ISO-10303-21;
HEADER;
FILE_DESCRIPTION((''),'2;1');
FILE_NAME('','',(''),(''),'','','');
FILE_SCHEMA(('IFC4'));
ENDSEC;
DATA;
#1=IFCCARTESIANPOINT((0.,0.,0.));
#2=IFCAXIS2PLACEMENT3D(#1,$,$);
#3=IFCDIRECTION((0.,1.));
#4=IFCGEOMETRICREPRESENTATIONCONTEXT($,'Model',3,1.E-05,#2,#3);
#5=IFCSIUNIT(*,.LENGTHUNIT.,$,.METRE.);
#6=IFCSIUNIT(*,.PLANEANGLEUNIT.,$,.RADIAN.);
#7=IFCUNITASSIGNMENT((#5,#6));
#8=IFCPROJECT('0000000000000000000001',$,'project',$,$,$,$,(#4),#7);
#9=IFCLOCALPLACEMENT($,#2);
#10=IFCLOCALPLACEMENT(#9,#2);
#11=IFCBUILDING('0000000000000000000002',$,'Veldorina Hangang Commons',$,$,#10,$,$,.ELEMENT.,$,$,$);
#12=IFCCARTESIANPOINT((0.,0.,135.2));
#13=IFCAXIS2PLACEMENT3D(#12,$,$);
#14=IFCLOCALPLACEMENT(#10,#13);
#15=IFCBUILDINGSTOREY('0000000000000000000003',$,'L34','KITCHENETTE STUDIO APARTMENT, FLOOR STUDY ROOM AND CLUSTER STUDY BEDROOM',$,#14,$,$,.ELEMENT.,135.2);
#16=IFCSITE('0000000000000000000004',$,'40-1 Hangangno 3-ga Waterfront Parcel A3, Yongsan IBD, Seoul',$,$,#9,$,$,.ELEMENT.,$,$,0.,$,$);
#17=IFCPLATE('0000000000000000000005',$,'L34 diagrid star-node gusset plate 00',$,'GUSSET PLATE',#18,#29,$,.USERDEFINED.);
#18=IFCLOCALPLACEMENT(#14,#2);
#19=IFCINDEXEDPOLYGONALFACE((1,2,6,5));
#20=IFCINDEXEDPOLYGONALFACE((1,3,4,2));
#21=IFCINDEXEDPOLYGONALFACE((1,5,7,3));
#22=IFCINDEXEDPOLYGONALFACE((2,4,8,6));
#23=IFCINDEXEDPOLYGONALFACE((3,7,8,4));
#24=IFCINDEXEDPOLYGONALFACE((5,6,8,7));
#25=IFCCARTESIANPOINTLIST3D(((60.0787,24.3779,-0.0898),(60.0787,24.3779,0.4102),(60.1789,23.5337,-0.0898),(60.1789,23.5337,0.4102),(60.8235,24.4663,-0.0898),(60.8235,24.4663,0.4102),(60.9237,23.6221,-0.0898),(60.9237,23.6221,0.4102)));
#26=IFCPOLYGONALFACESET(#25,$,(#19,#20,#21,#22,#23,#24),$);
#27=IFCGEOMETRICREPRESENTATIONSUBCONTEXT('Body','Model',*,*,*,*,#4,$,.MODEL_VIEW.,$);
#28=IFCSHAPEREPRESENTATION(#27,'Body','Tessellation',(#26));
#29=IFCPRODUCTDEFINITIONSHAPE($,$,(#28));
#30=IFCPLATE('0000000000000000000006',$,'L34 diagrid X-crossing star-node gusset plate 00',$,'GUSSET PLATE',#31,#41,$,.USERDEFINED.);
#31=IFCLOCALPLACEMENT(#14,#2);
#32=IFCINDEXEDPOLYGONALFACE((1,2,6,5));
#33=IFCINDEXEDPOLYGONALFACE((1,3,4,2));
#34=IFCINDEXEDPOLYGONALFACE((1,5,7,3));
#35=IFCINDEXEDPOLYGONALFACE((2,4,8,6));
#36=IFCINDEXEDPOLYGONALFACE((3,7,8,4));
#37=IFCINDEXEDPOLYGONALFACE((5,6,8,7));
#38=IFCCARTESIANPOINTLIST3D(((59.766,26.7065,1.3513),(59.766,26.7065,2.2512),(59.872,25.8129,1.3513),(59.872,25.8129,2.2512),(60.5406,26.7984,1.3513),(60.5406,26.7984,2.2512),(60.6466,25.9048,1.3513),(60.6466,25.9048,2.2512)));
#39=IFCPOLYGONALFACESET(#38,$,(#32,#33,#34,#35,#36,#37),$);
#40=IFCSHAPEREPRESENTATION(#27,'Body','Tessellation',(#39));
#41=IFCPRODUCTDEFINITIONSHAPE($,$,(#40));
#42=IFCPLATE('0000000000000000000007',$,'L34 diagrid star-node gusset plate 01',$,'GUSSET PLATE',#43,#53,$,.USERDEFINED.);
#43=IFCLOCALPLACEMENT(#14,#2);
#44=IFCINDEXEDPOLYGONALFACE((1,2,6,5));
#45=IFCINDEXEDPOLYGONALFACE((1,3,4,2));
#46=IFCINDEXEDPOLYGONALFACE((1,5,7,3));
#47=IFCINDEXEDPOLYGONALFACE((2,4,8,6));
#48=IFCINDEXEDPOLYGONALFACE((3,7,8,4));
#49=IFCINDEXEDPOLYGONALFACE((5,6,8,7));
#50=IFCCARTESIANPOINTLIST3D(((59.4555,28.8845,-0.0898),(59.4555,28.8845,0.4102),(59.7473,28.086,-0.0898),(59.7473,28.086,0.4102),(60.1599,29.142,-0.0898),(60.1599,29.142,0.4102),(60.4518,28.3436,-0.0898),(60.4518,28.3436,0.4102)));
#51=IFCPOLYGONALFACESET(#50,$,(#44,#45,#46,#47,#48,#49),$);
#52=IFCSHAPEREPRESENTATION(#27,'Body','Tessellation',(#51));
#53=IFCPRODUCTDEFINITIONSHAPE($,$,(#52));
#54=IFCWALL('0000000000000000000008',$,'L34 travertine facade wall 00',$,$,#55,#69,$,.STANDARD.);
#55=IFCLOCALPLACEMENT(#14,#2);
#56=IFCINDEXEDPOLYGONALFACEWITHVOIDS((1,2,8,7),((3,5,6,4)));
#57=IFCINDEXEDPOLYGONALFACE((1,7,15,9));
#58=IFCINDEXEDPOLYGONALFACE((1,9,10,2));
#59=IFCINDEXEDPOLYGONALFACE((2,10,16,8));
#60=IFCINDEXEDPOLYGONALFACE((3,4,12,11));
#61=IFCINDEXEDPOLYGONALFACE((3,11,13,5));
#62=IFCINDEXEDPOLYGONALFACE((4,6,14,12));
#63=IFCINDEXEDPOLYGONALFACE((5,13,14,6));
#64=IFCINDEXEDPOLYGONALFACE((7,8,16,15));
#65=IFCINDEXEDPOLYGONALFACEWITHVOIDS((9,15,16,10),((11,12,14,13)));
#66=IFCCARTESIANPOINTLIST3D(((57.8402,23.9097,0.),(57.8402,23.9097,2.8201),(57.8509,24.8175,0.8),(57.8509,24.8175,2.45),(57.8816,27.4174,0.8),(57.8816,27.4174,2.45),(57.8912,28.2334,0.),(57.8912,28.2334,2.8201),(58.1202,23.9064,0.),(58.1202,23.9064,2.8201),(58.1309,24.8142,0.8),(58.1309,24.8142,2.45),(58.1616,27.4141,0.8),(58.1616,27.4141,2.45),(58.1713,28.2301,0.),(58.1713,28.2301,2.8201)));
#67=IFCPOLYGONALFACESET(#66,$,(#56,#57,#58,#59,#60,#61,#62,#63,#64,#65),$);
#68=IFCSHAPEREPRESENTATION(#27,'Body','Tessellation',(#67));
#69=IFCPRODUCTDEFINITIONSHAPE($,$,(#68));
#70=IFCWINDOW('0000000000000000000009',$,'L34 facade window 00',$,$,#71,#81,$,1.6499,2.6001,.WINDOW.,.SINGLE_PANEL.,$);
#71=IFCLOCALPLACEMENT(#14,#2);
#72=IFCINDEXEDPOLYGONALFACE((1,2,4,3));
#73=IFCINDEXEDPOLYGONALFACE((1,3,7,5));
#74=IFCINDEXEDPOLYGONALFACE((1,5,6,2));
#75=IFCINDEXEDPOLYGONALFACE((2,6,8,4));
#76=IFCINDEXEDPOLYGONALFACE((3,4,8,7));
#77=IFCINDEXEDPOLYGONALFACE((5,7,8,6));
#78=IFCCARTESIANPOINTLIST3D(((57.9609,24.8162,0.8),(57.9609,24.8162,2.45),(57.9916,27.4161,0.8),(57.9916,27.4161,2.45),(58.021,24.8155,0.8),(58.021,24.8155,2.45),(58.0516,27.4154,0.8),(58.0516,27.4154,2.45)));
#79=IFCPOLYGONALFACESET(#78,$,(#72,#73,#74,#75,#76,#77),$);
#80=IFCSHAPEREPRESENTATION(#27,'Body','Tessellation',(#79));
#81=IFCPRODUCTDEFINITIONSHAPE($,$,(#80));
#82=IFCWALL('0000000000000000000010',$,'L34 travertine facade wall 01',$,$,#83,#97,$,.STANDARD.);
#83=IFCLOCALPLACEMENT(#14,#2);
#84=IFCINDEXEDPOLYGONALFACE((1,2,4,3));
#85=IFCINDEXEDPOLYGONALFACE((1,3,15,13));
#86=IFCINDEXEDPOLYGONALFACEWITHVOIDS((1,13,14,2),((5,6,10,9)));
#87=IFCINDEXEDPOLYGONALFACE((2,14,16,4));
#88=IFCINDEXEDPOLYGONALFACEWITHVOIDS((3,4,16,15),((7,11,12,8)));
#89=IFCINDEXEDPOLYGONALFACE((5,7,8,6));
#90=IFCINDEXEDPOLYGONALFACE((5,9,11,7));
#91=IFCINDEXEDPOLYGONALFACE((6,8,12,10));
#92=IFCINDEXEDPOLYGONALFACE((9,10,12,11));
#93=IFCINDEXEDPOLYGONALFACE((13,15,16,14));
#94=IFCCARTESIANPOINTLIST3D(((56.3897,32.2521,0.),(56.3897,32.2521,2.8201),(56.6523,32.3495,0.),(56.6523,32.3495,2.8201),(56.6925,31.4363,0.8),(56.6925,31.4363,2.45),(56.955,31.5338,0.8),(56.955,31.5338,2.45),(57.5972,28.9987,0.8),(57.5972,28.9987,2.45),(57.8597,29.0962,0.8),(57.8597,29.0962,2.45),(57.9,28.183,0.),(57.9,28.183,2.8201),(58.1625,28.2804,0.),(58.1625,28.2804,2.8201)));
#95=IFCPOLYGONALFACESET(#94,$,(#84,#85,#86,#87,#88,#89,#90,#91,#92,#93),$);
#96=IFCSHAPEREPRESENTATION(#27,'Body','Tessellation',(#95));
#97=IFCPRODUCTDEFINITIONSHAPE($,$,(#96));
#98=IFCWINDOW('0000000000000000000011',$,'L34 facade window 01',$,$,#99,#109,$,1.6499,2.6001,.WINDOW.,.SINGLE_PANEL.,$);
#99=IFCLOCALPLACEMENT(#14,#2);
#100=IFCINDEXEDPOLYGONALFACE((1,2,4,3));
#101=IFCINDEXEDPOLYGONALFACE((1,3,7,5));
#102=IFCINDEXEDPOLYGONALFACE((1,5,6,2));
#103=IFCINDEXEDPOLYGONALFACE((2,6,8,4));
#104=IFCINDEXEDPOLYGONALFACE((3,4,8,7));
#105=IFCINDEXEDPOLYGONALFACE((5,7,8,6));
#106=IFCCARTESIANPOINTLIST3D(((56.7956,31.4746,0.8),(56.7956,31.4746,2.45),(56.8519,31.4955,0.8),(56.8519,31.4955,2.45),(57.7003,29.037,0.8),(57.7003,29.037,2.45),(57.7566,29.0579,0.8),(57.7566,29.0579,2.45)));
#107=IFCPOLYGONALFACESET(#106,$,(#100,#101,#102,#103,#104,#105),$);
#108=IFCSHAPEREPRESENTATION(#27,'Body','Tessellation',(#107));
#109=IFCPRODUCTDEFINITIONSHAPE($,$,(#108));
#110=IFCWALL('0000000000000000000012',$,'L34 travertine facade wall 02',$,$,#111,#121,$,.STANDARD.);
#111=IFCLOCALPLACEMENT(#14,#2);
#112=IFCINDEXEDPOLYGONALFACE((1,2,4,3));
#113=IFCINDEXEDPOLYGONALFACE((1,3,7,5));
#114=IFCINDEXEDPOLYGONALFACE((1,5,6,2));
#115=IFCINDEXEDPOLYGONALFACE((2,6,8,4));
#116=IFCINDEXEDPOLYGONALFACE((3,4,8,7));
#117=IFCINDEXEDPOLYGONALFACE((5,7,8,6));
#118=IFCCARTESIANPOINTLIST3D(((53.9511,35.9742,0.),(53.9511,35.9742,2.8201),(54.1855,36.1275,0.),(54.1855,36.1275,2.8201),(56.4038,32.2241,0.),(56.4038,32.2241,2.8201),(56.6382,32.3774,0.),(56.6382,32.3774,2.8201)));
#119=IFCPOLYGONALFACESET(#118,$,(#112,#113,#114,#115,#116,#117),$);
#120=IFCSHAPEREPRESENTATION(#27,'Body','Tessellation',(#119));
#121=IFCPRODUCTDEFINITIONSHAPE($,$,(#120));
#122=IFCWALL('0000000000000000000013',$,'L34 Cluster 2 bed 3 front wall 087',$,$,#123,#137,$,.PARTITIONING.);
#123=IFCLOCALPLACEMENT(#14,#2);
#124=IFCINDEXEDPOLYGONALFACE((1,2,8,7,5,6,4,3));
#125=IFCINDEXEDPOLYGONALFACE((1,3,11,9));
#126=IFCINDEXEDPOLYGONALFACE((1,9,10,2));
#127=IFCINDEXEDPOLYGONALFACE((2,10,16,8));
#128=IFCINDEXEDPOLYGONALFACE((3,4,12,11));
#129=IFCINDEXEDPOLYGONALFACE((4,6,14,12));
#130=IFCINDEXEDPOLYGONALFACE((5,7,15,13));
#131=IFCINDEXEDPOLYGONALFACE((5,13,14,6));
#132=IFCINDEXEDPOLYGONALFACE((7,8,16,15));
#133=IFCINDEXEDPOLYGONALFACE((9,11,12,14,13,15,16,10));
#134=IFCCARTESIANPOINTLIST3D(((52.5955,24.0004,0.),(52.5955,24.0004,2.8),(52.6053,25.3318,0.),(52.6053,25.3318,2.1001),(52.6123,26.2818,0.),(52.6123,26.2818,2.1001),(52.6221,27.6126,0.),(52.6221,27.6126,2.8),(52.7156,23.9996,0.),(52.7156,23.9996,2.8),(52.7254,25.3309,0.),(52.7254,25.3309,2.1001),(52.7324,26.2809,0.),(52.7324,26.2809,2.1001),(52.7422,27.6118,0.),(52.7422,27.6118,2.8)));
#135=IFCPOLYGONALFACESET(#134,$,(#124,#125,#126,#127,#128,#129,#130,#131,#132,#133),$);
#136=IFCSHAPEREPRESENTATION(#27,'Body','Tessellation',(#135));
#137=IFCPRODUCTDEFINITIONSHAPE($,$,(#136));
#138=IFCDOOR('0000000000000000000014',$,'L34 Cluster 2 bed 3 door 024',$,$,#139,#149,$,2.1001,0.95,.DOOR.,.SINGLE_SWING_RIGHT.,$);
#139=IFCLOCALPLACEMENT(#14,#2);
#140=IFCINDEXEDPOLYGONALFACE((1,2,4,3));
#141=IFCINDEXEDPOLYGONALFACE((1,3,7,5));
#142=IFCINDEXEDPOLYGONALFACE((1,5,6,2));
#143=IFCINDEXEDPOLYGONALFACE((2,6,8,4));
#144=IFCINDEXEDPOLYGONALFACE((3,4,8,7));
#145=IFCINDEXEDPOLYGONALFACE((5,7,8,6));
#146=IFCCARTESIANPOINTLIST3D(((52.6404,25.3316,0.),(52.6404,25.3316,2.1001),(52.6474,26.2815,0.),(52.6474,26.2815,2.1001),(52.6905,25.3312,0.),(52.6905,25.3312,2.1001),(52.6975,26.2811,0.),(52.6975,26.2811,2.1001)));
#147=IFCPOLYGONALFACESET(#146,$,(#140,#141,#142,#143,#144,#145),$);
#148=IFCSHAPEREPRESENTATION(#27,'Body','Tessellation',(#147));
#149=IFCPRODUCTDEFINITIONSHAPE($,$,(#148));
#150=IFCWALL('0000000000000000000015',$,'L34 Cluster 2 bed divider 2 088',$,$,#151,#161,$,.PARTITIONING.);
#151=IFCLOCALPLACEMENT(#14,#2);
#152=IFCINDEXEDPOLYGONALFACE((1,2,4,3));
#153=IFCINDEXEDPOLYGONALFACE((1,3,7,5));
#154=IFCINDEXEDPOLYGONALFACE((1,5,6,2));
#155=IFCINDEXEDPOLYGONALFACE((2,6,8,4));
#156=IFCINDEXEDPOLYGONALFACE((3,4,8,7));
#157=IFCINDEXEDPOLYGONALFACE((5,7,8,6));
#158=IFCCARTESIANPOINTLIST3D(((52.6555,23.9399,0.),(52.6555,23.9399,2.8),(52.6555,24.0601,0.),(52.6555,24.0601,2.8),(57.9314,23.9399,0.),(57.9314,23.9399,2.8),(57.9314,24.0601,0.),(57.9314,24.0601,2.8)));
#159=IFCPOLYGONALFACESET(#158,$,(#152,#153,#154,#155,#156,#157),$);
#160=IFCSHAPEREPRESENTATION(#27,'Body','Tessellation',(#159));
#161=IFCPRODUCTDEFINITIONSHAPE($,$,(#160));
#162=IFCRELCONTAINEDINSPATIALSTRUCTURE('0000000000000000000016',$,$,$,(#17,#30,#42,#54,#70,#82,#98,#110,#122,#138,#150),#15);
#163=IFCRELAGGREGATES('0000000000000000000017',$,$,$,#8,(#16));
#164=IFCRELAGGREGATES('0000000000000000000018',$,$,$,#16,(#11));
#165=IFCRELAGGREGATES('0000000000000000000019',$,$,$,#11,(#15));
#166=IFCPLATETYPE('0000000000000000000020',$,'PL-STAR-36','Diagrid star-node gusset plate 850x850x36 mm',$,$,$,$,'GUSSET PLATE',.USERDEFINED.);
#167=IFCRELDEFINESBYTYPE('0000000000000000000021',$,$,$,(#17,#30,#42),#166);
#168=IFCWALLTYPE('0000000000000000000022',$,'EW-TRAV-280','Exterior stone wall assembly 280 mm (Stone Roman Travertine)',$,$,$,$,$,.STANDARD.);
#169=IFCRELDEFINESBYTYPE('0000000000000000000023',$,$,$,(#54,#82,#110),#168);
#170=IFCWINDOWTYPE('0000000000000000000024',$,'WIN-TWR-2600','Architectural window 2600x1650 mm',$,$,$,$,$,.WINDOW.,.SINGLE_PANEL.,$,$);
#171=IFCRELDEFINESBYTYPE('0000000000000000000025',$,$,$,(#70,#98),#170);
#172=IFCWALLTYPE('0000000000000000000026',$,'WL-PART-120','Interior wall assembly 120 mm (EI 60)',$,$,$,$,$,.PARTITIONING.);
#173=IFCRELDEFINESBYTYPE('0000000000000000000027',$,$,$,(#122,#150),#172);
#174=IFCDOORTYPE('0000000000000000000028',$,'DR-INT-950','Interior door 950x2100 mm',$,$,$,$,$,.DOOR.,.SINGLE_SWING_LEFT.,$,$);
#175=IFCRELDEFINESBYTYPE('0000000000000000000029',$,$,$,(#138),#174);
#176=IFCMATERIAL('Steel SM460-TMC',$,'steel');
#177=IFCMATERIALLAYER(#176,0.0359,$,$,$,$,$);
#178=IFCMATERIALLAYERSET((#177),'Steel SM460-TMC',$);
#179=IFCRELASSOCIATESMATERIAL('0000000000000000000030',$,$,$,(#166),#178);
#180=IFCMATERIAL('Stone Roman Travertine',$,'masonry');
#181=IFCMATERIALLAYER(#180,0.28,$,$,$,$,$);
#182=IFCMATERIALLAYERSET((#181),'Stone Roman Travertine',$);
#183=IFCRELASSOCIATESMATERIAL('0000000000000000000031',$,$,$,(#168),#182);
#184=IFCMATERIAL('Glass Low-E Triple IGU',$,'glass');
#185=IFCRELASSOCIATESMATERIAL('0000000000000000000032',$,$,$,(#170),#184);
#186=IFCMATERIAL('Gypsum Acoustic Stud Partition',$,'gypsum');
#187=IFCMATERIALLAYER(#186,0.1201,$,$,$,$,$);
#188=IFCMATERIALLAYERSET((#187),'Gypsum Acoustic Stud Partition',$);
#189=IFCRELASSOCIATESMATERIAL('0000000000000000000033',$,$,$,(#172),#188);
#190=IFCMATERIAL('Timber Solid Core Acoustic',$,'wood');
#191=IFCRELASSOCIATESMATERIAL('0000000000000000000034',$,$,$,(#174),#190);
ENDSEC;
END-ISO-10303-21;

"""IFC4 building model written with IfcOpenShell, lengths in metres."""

from ifc_helpers import new_model, si_unit, direction, frame, frame_2d, origin, origin_2d, place, context, subcontext, project, spatial, rectangle, extrude, material, layer, layer_set, type_object, element, fill, save


model = new_model("IFC4")

# Units and contexts
model_context = context("Model", 3, precision=1e-05, world=origin(), true_north=direction((0.0, 1.0)))
body_context = subcontext(model_context, "Body", "Model", "MODEL_VIEW")
ifc_project = project(units=[si_unit("LENGTHUNIT", "METRE"), si_unit("PLANEANGLEUNIT", "RADIAN")], contexts=[model_context])

# Site, building, storey
site_placement = place(None, origin())
site = spatial("IfcSite", under=ifc_project, at=site_placement, Name="40-1 Hangangno 3-ga Waterfront Parcel A3, Yongsan IBD, Seoul", CompositionType="ELEMENT", RefElevation=0.0)
building_placement = place(site_placement, origin())
building = spatial("IfcBuilding", under=site, at=building_placement, Name="Veldorina Hangang Commons", CompositionType="ELEMENT")
storey_placement = place(building_placement, frame((0.0, 0.0, 135.2)))
storey = spatial("IfcBuildingStorey", under=building, at=storey_placement, Name="L34", Description="KITCHENETTE STUDIO APARTMENT, FLOOR STUDY ROOM AND CLUSTER STUDY BEDROOM", CompositionType="ELEMENT", Elevation=135.2)

# Shared definitions
ifc_material_1 = material(Name="Glass Low-E Triple IGU", Category="glass")

# Plates
ifc_material_2 = material(Name="Steel SM460-TMC", Category="steel")
ifc_layer_1 = layer(ifc_material_2, 0.0359)
ifc_layer_set_1 = layer_set([ifc_layer_1], Name="Steel SM460-TMC")
plate_type = type_object("IfcPlateType", Name="PL-STAR-36", Description="Diagrid star-node gusset plate 850x850x36 mm", ElementType="GUSSET PLATE", PredefinedType="USERDEFINED", material=ifc_layer_set_1)
plate_1_placement = place(storey_placement, frame((60.5012, 24.0, -0.0898), z_axis=(0.0, 0.0, 1.0), x_axis=(-0.117849, 0.993031, 0.0)))
element("IfcPlate", 1, at=plate_1_placement, inside=storey, type_object=plate_type, Name="L34 diagrid star-node gusset plate 00", ObjectType="GUSSET PLATE", PredefinedType="USERDEFINED", context=body_context, shape_type="SweptSolid", body=[
    extrude(rectangle(XDim=0.8501, YDim=0.75, at=origin_2d()), origin(), (0.0, 0.0, 1.0), 0.5),
])
plate_2_placement = place(storey_placement, frame((60.2063, 26.3057, 1.3513), z_axis=(0.0, 0.0, 1.0), x_axis=(-0.117849, 0.993031, 0.0)))
element("IfcPlate", 2, at=plate_2_placement, inside=storey, type_object=plate_type, Name="L34 diagrid X-crossing star-node gusset plate 00", ObjectType="GUSSET PLATE", PredefinedType="USERDEFINED", context=body_context, shape_type="SweptSolid", body=[
    extrude(rectangle(XDim=0.8999, YDim=0.78, at=origin_2d()), origin(), (0.0, 0.0, 1.0), 0.8999),
])
plate_3_placement = place(storey_placement, frame((59.9536, 28.614, -0.0898), z_axis=(0.0, 0.0, 1.0), x_axis=(-0.343348, 0.939208, 0.0)))
element("IfcPlate", 3, at=plate_3_placement, inside=storey, type_object=plate_type, Name="L34 diagrid star-node gusset plate 01", ObjectType="GUSSET PLATE", PredefinedType="USERDEFINED", context=body_context, shape_type="SweptSolid", body=[
    extrude(rectangle(XDim=0.8501, YDim=0.75, at=origin_2d()), origin(), (0.0, 0.0, 1.0), 0.5),
])

# Walls, openings, windows
ifc_material_3 = material(Name="Stone Roman Travertine", Category="masonry")
ifc_layer_2 = layer(ifc_material_3, 0.28)
ifc_layer_set_2 = layer_set([ifc_layer_2], Name="Stone Roman Travertine")
wall_type_1 = type_object("IfcWallType", Name="EW-TRAV-280", Description="Exterior stone wall assembly 280 mm (Stone Roman Travertine)", PredefinedType="STANDARD", material=ifc_layer_set_2)
wall_1_placement = place(storey_placement, frame((57.9802, 23.908, 0.0), z_axis=(0.0, 0.0, 1.0), x_axis=(0.0118, 0.99993, 0.0)))
wall_1 = element("IfcWall", 4, at=wall_1_placement, inside=storey, type_object=wall_type_1, Name="L34 travertine facade wall 00", PredefinedType="STANDARD", context=body_context, shape_type="SweptSolid", body=[
    extrude(rectangle(XDim=4.324, YDim=0.28, at=frame_2d((2.1621, 0.0))), origin(), (0.0, 0.0, 1.0), 2.8201),
])
opening_1_placement = place(wall_1_placement, frame((0.908, 0.0, 0.8)))
opening_1 = element("IfcOpeningElement", 5, at=opening_1_placement, cuts=wall_1, PredefinedType="OPENING", context=body_context, shape_type="SweptSolid", body=[
    extrude(rectangle(XDim=2.6001, YDim=1.6499, at=frame_2d((1.3, 0.825))), frame((0.0, 0.1499, 0.0), z_axis=(0.0, -1.0, 0.0), x_axis=(1.0, 0.0, 0.0)), (0.0, 0.0, 1.0), 0.3),
])
window_type = type_object("IfcWindowType", Name="WIN-TWR-2600", Description="Architectural window 2600x1650 mm", PartitioningType="SINGLE_PANEL", PredefinedType="WINDOW", material=ifc_material_1)
window_1_placement = place(opening_1_placement, origin())
window_1 = element("IfcWindow", 6, at=window_1_placement, inside=storey, type_object=window_type, Name="L34 facade window 00", OverallHeight=1.6499, OverallWidth=2.6001, PartitioningType="SINGLE_PANEL", PredefinedType="WINDOW", context=body_context, shape_type="SweptSolid", body=[
    extrude(rectangle(XDim=2.6001, YDim=1.6499, at=frame_2d((1.3, 0.825))), frame((0.0, 0.03, 0.0), z_axis=(0.0, -1.0, 0.0), x_axis=(1.0, 0.0, 0.0)), (0.0, 0.0, 1.0), 0.0601),
])
fill(opening_1, window_1)
wall_2_placement = place(storey_placement, frame((58.0312, 28.2317, 0.0), z_axis=(0.0, 0.0, 1.0), x_axis=(-0.347959, 0.93751, 0.0)))
wall_2 = element("IfcWall", 7, at=wall_2_placement, inside=storey, type_object=wall_type_1, Name="L34 travertine facade wall 01", PredefinedType="STANDARD", context=body_context, shape_type="SweptSolid", body=[
    extrude(rectangle(XDim=4.3403, YDim=0.28, at=frame_2d((2.1702, 0.0))), origin(), (0.0, 0.0, 1.0), 2.8201),
])
opening_2_placement = place(wall_2_placement, frame((0.8701, 0.0, 0.8)))
opening_2 = element("IfcOpeningElement", 8, at=opening_2_placement, cuts=wall_2, PredefinedType="OPENING", context=body_context, shape_type="SweptSolid", body=[
    extrude(rectangle(XDim=2.6001, YDim=1.6499, at=frame_2d((1.3, 0.825))), frame((0.0, 0.1499, 0.0), z_axis=(0.0, -1.0, 0.0), x_axis=(1.0, 0.0, 0.0)), (0.0, 0.0, 1.0), 0.3),
])
window_2_placement = place(opening_2_placement, origin())
window_2 = element("IfcWindow", 9, at=window_2_placement, inside=storey, type_object=window_type, Name="L34 facade window 01", OverallHeight=1.6499, OverallWidth=2.6001, PartitioningType="SINGLE_PANEL", PredefinedType="WINDOW", context=body_context, shape_type="SweptSolid", body=[
    extrude(rectangle(XDim=2.6001, YDim=1.6499, at=frame_2d((1.3, 0.825))), frame((0.0, 0.03, 0.0), z_axis=(0.0, -1.0, 0.0), x_axis=(1.0, 0.0, 0.0)), (0.0, 0.0, 1.0), 0.0601),
])
fill(opening_2, window_2)

# Wall
wall_3_placement = place(storey_placement, frame((56.521, 32.3008, 0.0), z_axis=(0.0, 0.0, 1.0), x_axis=(-0.547361, 0.836897, 0.0)))
element("IfcWall", 10, at=wall_3_placement, inside=storey, type_object=wall_type_1, Name="L34 travertine facade wall 02", PredefinedType="STANDARD", context=body_context, shape_type="SweptSolid", body=[
    extrude(rectangle(XDim=4.481, YDim=0.28, at=frame_2d((2.2405, 0.0))), origin(), (0.0, 0.0, 1.0), 2.8201),
])

# Wall, opening, door
ifc_material_4 = material(Name="Gypsum Acoustic Stud Partition", Category="gypsum")
ifc_layer_3 = layer(ifc_material_4, 0.1201)
ifc_layer_set_3 = layer_set([ifc_layer_3], Name="Gypsum Acoustic Stud Partition")
wall_type_2 = type_object("IfcWallType", Name="WL-PART-120", Description="Interior wall assembly 120 mm (EI 60)", PredefinedType="PARTITIONING", material=ifc_layer_set_3)
wall_4_placement = place(storey_placement, frame((52.6555, 24.0, 0.0), z_axis=(0.0, 0.0, 1.0), x_axis=(0.007367, 0.999973, 0.0)))
wall_4 = element("IfcWall", 11, at=wall_4_placement, inside=storey, type_object=wall_type_2, Name="L34 Cluster 2 bed 3 front wall 087", PredefinedType="PARTITIONING", context=body_context, shape_type="SweptSolid", body=[
    extrude(rectangle(XDim=3.6123, YDim=0.1201, at=frame_2d((1.8062, 0.0))), origin(), (0.0, 0.0, 1.0), 2.8),
])
opening_3_placement = place(wall_4_placement, frame((1.3313, 0.0, 0.0)))
opening_3 = element("IfcOpeningElement", 12, at=opening_3_placement, cuts=wall_4, PredefinedType="OPENING", context=body_context, shape_type="SweptSolid", body=[
    extrude(rectangle(XDim=0.95, YDim=2.1001, at=frame_2d((0.4751, 1.05))), frame((0.0, 0.0701, 0.0), z_axis=(0.0, -1.0, 0.0), x_axis=(1.0, 0.0, 0.0)), (0.0, 0.0, 1.0), 0.1401),
])
ifc_material_5 = material(Name="Timber Solid Core Acoustic", Category="wood")
door_type = type_object("IfcDoorType", Name="DR-INT-950", Description="Interior door 950x2100 mm", OperationType="SINGLE_SWING_LEFT", PredefinedType="DOOR", material=ifc_material_5)
door_1_placement = place(opening_3_placement, origin())
door_1 = element("IfcDoor", 13, at=door_1_placement, inside=storey, type_object=door_type, Name="L34 Cluster 2 bed 3 door 024", OperationType="SINGLE_SWING_RIGHT", OverallHeight=2.1001, OverallWidth=0.95, PredefinedType="DOOR", context=body_context, shape_type="SweptSolid", body=[
    extrude(rectangle(XDim=0.95, YDim=2.1001, at=frame_2d((0.4751, 1.05))), frame((0.0, 0.0249, 0.0), z_axis=(0.0, -1.0, 0.0), x_axis=(1.0, 0.0, 0.0)), (0.0, 0.0, 1.0), 0.05),
])
fill(opening_3, door_1)

# Wall
wall_5_placement = place(storey_placement, frame((52.6555, 24.0, 0.0), z_axis=(0.0, 0.0, 1.0), x_axis=(1.0, 0.0, 0.0)))
element("IfcWall", 14, at=wall_5_placement, inside=storey, type_object=wall_type_2, Name="L34 Cluster 2 bed divider 2 088", PredefinedType="PARTITIONING", context=body_context, shape_type="SweptSolid", body=[
    extrude(rectangle(XDim=5.2759, YDim=0.1201, at=frame_2d((2.6379, 0.0))), origin(), (0.0, 0.0, 1.0), 2.8),
])

save(model, "model.ifc")
